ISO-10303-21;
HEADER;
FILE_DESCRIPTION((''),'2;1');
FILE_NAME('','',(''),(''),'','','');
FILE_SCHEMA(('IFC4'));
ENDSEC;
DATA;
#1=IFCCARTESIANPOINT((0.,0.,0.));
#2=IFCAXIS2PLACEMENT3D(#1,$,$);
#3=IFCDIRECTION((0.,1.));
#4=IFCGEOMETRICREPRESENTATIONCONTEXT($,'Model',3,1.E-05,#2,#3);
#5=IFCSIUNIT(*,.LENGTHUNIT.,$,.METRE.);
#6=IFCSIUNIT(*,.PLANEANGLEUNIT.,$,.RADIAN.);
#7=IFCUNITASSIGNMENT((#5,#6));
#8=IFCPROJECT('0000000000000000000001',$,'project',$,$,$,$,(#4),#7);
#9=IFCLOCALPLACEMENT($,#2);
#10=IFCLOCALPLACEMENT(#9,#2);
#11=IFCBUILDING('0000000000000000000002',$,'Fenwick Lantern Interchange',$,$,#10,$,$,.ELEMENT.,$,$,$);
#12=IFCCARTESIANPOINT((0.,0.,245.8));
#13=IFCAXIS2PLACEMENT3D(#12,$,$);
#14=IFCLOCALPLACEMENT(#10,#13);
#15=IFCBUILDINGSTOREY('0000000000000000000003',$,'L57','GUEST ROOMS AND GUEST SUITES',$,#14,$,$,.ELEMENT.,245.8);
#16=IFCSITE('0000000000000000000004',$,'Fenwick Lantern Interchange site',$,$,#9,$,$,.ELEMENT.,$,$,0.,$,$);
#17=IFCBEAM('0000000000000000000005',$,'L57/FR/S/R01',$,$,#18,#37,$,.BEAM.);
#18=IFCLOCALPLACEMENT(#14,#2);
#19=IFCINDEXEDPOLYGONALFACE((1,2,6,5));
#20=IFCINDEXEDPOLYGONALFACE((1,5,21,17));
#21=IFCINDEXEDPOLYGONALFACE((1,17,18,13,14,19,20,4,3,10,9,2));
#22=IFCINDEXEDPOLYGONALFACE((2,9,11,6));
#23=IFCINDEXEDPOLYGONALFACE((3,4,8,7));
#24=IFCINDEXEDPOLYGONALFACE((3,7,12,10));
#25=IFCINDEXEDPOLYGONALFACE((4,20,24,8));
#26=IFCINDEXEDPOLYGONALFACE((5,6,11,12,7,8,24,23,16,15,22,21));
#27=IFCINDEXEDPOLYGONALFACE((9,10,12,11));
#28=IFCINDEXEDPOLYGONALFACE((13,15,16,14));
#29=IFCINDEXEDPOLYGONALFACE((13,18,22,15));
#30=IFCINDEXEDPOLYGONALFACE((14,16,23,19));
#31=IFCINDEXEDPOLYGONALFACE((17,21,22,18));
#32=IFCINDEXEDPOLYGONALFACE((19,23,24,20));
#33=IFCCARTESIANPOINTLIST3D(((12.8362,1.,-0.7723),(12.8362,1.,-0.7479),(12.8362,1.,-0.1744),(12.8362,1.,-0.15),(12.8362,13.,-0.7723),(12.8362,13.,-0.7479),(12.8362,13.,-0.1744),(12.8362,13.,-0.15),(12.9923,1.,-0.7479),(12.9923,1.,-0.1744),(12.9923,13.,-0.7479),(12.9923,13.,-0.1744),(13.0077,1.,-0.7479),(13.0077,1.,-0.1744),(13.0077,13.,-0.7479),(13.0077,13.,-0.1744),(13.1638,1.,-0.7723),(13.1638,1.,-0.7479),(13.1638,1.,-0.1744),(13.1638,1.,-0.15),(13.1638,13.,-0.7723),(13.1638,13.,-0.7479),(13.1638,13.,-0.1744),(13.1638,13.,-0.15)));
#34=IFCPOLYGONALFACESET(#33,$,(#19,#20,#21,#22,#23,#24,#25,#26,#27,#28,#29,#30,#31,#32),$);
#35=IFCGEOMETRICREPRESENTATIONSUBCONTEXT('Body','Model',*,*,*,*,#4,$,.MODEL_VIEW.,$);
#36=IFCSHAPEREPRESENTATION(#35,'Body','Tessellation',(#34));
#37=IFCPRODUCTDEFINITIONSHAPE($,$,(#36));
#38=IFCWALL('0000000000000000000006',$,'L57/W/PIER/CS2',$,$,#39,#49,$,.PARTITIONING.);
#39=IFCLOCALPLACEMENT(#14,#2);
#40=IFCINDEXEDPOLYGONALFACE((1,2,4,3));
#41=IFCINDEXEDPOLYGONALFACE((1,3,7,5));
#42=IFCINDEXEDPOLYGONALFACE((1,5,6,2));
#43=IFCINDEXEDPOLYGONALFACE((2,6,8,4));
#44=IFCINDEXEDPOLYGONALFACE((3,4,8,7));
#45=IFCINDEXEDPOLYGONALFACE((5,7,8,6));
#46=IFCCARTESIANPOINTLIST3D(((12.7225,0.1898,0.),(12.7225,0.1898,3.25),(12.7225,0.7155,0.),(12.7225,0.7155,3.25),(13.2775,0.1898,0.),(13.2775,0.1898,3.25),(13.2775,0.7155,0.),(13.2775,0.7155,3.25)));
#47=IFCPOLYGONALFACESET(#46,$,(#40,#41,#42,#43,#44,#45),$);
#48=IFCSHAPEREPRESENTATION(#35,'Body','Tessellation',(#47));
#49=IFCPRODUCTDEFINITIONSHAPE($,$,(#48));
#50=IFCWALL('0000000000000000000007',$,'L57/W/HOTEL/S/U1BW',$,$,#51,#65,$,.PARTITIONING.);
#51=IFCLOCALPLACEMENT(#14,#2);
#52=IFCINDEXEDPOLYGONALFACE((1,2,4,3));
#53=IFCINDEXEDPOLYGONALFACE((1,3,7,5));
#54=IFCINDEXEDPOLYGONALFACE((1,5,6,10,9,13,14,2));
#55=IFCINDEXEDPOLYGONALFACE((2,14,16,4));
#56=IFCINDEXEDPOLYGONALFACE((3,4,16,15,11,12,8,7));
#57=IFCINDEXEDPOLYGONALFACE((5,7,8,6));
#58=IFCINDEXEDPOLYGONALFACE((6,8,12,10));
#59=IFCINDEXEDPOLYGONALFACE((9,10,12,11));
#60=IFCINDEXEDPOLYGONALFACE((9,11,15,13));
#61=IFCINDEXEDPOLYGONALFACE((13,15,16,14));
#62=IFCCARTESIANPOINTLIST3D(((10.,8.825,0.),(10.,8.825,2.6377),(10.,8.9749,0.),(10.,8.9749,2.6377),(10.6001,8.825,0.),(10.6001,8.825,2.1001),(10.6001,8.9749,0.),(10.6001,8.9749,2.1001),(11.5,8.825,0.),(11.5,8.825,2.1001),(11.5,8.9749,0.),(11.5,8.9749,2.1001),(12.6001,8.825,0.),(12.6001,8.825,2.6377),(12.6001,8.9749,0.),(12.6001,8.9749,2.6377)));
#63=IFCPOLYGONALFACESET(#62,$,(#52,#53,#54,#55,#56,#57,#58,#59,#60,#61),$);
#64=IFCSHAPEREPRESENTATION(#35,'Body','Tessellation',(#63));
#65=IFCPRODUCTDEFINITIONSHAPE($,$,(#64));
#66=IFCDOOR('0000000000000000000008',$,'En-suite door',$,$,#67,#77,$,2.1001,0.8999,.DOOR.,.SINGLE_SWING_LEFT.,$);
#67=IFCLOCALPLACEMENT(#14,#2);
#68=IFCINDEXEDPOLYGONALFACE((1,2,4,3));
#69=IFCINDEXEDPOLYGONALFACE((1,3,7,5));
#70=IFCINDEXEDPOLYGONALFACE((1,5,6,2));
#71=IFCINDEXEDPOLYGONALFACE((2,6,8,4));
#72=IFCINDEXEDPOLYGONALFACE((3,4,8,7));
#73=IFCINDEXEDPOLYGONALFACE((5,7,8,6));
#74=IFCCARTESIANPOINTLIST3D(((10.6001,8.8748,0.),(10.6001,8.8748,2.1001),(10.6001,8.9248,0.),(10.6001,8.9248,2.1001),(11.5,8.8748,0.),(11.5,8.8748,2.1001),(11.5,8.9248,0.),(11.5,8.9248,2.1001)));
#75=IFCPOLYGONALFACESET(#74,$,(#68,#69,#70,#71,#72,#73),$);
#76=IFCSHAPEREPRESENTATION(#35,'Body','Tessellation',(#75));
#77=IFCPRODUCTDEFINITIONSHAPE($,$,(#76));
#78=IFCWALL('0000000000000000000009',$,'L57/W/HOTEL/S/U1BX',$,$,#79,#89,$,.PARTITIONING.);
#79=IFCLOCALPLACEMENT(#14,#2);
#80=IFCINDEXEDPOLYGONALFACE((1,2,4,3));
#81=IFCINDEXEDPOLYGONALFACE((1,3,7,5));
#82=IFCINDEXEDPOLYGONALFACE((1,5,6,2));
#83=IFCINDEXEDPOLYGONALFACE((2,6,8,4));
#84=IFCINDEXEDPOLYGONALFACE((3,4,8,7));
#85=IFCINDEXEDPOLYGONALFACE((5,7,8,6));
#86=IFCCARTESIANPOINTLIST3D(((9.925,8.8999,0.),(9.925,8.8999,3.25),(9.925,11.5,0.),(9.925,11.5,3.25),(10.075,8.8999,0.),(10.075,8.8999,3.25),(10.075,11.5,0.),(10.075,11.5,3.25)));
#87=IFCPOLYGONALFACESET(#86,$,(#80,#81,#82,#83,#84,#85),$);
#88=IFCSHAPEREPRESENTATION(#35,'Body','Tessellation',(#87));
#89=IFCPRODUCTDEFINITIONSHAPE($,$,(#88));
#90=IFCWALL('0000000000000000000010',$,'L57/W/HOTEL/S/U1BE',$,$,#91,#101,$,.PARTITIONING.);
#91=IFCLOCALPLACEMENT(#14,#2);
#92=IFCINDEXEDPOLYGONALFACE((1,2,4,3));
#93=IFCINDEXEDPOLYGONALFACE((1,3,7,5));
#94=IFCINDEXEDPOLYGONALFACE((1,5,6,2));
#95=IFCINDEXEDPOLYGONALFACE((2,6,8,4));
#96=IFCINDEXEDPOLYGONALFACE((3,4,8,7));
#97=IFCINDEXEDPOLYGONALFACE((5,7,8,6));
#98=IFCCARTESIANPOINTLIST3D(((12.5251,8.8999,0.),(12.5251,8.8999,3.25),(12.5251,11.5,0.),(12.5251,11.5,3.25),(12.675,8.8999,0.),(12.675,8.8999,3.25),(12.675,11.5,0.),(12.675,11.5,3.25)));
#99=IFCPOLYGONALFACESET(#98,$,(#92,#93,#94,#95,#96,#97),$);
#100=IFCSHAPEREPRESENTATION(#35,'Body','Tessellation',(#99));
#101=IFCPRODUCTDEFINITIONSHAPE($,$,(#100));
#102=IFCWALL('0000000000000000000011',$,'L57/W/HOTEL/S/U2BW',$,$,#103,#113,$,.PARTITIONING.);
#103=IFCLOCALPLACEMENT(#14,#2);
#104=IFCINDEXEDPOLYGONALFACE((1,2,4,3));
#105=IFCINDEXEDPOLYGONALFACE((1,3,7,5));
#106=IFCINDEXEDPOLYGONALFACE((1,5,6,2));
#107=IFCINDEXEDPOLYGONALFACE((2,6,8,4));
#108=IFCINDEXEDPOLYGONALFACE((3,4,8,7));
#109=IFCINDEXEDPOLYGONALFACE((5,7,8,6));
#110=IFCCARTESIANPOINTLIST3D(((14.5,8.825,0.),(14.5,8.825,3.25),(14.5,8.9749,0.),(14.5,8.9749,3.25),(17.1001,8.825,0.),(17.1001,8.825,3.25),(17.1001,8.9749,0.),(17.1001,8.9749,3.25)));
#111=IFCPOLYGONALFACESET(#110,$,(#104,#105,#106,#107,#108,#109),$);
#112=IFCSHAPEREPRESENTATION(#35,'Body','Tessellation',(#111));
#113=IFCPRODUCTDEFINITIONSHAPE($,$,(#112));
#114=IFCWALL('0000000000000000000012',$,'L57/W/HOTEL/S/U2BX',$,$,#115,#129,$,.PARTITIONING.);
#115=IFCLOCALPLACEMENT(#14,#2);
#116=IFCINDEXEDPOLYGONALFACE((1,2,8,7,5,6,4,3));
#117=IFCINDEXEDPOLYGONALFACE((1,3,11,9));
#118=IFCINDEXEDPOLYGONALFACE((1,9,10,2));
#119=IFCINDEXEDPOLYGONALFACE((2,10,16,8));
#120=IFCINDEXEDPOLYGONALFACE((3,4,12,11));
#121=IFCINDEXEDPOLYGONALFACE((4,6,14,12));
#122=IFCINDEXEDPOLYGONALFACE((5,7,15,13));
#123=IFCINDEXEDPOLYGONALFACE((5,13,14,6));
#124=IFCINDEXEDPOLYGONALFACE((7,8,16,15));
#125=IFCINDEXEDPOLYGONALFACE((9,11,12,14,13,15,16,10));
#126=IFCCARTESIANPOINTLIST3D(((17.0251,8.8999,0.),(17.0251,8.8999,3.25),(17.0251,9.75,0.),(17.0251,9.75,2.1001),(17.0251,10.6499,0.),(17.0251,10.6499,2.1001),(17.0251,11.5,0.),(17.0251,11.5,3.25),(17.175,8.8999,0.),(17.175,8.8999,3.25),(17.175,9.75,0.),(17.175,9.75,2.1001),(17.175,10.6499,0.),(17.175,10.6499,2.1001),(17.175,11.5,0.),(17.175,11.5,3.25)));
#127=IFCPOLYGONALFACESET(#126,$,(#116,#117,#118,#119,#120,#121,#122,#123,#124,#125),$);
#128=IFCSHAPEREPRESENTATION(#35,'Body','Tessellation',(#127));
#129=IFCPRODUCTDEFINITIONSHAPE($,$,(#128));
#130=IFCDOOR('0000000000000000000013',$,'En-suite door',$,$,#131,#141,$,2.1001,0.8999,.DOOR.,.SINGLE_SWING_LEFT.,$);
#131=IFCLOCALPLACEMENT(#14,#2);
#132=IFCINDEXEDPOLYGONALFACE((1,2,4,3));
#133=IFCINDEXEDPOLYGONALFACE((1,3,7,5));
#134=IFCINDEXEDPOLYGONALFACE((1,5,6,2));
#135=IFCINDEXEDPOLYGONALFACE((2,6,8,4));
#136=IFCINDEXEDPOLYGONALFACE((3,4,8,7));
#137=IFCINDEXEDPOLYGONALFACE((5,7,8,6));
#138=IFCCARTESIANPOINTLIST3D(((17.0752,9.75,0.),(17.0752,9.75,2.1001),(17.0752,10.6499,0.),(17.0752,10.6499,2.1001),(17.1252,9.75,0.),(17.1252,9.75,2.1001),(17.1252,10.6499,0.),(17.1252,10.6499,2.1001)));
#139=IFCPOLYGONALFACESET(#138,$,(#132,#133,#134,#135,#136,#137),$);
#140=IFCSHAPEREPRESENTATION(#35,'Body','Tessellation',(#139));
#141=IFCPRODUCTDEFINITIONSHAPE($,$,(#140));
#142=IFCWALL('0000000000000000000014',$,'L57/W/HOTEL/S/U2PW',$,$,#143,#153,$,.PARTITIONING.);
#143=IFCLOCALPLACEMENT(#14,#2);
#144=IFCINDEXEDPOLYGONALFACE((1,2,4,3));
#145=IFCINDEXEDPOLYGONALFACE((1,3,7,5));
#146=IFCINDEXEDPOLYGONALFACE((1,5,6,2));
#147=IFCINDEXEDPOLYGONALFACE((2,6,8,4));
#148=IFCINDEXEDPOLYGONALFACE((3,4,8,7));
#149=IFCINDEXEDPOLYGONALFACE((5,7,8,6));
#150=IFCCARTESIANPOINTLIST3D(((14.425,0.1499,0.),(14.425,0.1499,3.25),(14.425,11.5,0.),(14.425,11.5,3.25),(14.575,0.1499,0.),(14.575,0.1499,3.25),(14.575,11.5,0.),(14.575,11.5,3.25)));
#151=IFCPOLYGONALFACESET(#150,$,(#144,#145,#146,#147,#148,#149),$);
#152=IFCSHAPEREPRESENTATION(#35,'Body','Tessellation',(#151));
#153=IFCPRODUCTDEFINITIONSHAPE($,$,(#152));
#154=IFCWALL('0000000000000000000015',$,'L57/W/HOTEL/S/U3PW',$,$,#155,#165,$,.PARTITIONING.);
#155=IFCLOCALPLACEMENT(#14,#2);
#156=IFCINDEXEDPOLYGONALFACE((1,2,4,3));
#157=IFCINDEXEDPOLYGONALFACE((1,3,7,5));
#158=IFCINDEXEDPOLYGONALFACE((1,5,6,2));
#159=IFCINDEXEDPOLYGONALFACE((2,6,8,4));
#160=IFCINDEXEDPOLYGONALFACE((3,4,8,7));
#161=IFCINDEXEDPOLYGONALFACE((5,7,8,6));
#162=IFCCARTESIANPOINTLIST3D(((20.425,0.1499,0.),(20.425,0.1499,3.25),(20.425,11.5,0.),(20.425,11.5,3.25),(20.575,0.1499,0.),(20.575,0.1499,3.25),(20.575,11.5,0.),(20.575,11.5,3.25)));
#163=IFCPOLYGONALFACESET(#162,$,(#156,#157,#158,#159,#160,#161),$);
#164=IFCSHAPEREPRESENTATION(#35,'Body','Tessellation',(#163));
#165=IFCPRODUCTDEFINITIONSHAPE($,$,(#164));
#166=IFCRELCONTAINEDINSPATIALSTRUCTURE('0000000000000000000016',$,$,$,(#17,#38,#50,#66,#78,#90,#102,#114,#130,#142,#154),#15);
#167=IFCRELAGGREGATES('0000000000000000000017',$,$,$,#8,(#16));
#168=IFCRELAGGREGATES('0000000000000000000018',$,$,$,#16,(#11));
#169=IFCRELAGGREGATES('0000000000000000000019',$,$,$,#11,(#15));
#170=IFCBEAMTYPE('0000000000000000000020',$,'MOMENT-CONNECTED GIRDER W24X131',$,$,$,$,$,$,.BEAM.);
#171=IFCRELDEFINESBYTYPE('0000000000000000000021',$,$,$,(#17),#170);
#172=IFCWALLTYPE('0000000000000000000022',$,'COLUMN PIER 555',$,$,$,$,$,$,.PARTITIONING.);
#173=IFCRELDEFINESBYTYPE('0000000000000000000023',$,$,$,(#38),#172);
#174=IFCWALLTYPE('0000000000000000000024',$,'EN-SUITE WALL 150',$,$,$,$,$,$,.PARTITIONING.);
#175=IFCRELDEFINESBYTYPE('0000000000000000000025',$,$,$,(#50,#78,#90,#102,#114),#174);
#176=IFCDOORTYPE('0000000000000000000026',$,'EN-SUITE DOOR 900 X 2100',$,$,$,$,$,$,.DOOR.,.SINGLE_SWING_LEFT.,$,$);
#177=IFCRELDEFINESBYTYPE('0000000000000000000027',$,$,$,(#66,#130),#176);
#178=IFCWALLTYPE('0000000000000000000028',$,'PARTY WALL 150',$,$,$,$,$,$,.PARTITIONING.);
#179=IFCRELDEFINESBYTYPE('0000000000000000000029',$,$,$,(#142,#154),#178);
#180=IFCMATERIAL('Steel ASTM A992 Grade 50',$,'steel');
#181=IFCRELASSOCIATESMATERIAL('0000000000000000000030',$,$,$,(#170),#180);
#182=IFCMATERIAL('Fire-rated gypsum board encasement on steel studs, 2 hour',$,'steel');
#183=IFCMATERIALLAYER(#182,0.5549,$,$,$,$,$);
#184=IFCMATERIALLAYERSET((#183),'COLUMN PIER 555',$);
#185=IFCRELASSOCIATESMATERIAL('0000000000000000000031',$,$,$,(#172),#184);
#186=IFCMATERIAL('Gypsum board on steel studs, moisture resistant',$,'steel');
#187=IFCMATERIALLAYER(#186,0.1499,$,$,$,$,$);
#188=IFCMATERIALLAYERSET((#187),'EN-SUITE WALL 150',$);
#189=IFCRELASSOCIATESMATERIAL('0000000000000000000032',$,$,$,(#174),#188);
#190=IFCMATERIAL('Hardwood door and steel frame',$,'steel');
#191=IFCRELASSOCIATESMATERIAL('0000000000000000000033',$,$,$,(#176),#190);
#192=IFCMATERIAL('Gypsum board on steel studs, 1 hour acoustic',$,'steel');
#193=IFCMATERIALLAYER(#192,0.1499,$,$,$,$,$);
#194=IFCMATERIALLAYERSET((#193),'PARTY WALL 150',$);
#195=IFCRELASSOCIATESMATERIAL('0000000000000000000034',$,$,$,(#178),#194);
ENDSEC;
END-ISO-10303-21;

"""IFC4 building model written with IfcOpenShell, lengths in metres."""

from ifc_helpers import new_model, si_unit, direction, frame, frame_2d, origin, origin_2d, place, context, subcontext, project, spatial, rectangle, i_section, extrude, material, layer, layer_set, material_profile, profile_set, type_object, element, fill, save


model = new_model("IFC4")

# Units and contexts
model_context = context("Model", 3, precision=1e-05, world=origin(), true_north=direction((0.0, 1.0)))
body_context = subcontext(model_context, "Body", "Model", "MODEL_VIEW")
ifc_project = project(units=[si_unit("LENGTHUNIT", "METRE"), si_unit("PLANEANGLEUNIT", "RADIAN")], contexts=[model_context])

# Site, building, storey
site_placement = place(None, origin())
site = spatial("IfcSite", under=ifc_project, at=site_placement, Name="Fenwick Lantern Interchange site", CompositionType="ELEMENT", RefElevation=0.0)
building_placement = place(site_placement, origin())
building = spatial("IfcBuilding", under=site, at=building_placement, Name="Fenwick Lantern Interchange", CompositionType="ELEMENT")
storey_placement = place(building_placement, frame((0.0, 0.0, 245.8)))
storey = spatial("IfcBuildingStorey", under=building, at=storey_placement, Name="L57", Description="GUEST ROOMS AND GUEST SUITES", CompositionType="ELEMENT", Elevation=245.8)

# Shared definitions
ifc_material_1 = material(Name="Steel ASTM A992 Grade 50", Category="steel")

# Beam
ifc_material_profile_1 = material_profile(ifc_material_1, i_section(OverallWidth=0.3276, OverallDepth=0.6223, WebThickness=0.0154, FlangeThickness=0.0244, at=origin_2d()), Name="W24X131")
ifc_profile_set_1 = profile_set([ifc_material_profile_1], Name="Steel ASTM A992 Grade 50")
beam_type_1 = type_object("IfcBeamType", Name="MOMENT-CONNECTED GIRDER W24X131", PredefinedType="BEAM", material=ifc_profile_set_1)
beam_1_placement = place(storey_placement, frame((13.0, 1.0, -0.4612), z_axis=(0.0, 1.0, 0.0), x_axis=(-1.0, 0.0, 0.0)))
element("IfcBeam", 1, at=beam_1_placement, inside=storey, type_object=beam_type_1, Name="L57/FR/S/R01", PredefinedType="BEAM", context=body_context, shape_type="SweptSolid", body=[
    extrude(i_section(OverallWidth=0.3276, OverallDepth=0.6223, WebThickness=0.0154, FlangeThickness=0.0244, at=origin_2d()), origin(), (0.0, 0.0, 1.0), 12.0),
])

# Wall
ifc_material_2 = material(Name="Fire-rated gypsum board encasement on steel studs, 2 hour", Category="steel")
ifc_layer_1 = layer(ifc_material_2, 0.5549)
ifc_layer_set_1 = layer_set([ifc_layer_1], Name="COLUMN PIER 555")
wall_type_1 = type_object("IfcWallType", Name="COLUMN PIER 555", PredefinedType="PARTITIONING", material=ifc_layer_set_1)
wall_1_placement = place(storey_placement, frame((13.0, 0.1899, 0.0), z_axis=(0.0, 0.0, 1.0), x_axis=(0.0, 1.0, 0.0)))
element("IfcWall", 2, at=wall_1_placement, inside=storey, type_object=wall_type_1, Name="L57/W/PIER/CS2", PredefinedType="PARTITIONING", context=body_context, shape_type="SweptSolid", body=[
    extrude(rectangle(XDim=0.5256, YDim=0.5549, at=frame_2d((0.2627, 0.0))), origin(), (0.0, 0.0, 1.0), 3.25),
])

# Wall, opening, door
ifc_material_3 = material(Name="Gypsum board on steel studs, moisture resistant", Category="steel")
ifc_layer_2 = layer(ifc_material_3, 0.1499)
ifc_layer_set_2 = layer_set([ifc_layer_2], Name="EN-SUITE WALL 150")
wall_type_2 = type_object("IfcWallType", Name="EN-SUITE WALL 150", PredefinedType="PARTITIONING", material=ifc_layer_set_2)
wall_2_placement = place(storey_placement, frame((10.0, 8.8999, 0.0), z_axis=(0.0, 0.0, 1.0), x_axis=(1.0, 0.0, 0.0)))
wall_2 = element("IfcWall", 3, at=wall_2_placement, inside=storey, type_object=wall_type_2, Name="L57/W/HOTEL/S/U1BW", PredefinedType="PARTITIONING", context=body_context, shape_type="SweptSolid", body=[
    extrude(rectangle(XDim=2.6001, YDim=0.1499, at=frame_2d((1.3, 0.0))), origin(), (0.0, 0.0, 1.0), 2.6377),
])
opening_1_placement = place(wall_2_placement, frame((0.6001, 0.0, 0.0)))
opening_1 = element("IfcOpeningElement", 4, at=opening_1_placement, cuts=wall_2, PredefinedType="OPENING", context=body_context, shape_type="SweptSolid", body=[
    extrude(rectangle(XDim=0.8999, YDim=2.1001, at=frame_2d((0.45, 1.05))), frame((0.0, 0.085, 0.0), z_axis=(0.0, -1.0, 0.0), x_axis=(1.0, 0.0, 0.0)), (0.0, 0.0, 1.0), 0.1699),
])
ifc_material_4 = material(Name="Hardwood door and steel frame", Category="steel")
door_type = type_object("IfcDoorType", Name="EN-SUITE DOOR 900 X 2100", OperationType="SINGLE_SWING_LEFT", PredefinedType="DOOR", material=ifc_material_4)
door_1_placement = place(opening_1_placement, origin())
door_1 = element("IfcDoor", 5, at=door_1_placement, inside=storey, type_object=door_type, Name="En-suite door", OperationType="SINGLE_SWING_LEFT", OverallHeight=2.1001, OverallWidth=0.8999, PredefinedType="DOOR", context=body_context, shape_type="SweptSolid", body=[
    extrude(rectangle(XDim=0.8999, YDim=2.1001, at=frame_2d((0.45, 1.05))), frame((0.0, 0.0249, 0.0), z_axis=(0.0, -1.0, 0.0), x_axis=(1.0, 0.0, 0.0)), (0.0, 0.0, 1.0), 0.05),
])
fill(opening_1, door_1)

# Walls
for number, where, z_axis, x_axis, name in (
    (6, (10.0, 8.8999, 0.0), (0.0, 0.0, 1.0), (0.0, 1.0, 0.0), "L57/W/HOTEL/S/U1BX"),
    (7, (12.6001, 8.8999, 0.0), (0.0, 0.0, 1.0), (0.0, 1.0, 0.0), "L57/W/HOTEL/S/U1BE"),
    (8, (14.5, 8.8999, 0.0), (0.0, 0.0, 1.0), (1.0, 0.0, 0.0), "L57/W/HOTEL/S/U2BW"),
):
    element("IfcWall", number, at=place(storey_placement, frame(where, z_axis=z_axis, x_axis=x_axis)), inside=storey, type_object=wall_type_2, Name=name, PredefinedType="PARTITIONING", context=body_context, shape_type="SweptSolid", body=[
        extrude(rectangle(XDim=2.6001, YDim=0.1499, at=frame_2d((1.3, 0.0))), origin(), (0.0, 0.0, 1.0), 3.25),
    ])

# Wall, opening, door
wall_3_placement = place(storey_placement, frame((17.1001, 8.8999, 0.0), z_axis=(0.0, 0.0, 1.0), x_axis=(0.0, 1.0, 0.0)))
wall_3 = element("IfcWall", 9, at=wall_3_placement, inside=storey, type_object=wall_type_2, Name="L57/W/HOTEL/S/U2BX", PredefinedType="PARTITIONING", context=body_context, shape_type="SweptSolid", body=[
    extrude(rectangle(XDim=2.6001, YDim=0.1499, at=frame_2d((1.3, 0.0))), origin(), (0.0, 0.0, 1.0), 3.25),
])
opening_2_placement = place(wall_3_placement, frame((0.8501, 0.0, 0.0)))
opening_2 = element("IfcOpeningElement", 10, at=opening_2_placement, cuts=wall_3, PredefinedType="OPENING", context=body_context, shape_type="SweptSolid", body=[
    extrude(rectangle(XDim=0.8999, YDim=2.1001, at=frame_2d((0.45, 1.05))), frame((0.0, 0.085, 0.0), z_axis=(0.0, -1.0, 0.0), x_axis=(1.0, 0.0, 0.0)), (0.0, 0.0, 1.0), 0.1699),
])
door_2_placement = place(opening_2_placement, origin())
door_2 = element("IfcDoor", 11, at=door_2_placement, inside=storey, type_object=door_type, Name="En-suite door", OperationType="SINGLE_SWING_LEFT", OverallHeight=2.1001, OverallWidth=0.8999, PredefinedType="DOOR", context=body_context, shape_type="SweptSolid", body=[
    extrude(rectangle(XDim=0.8999, YDim=2.1001, at=frame_2d((0.45, 1.05))), frame((0.0, 0.0249, 0.0), z_axis=(0.0, -1.0, 0.0), x_axis=(1.0, 0.0, 0.0)), (0.0, 0.0, 1.0), 0.05),
])
fill(opening_2, door_2)

# Walls
ifc_material_5 = material(Name="Gypsum board on steel studs, 1 hour acoustic", Category="steel")
ifc_layer_3 = layer(ifc_material_5, 0.1499)
ifc_layer_set_3 = layer_set([ifc_layer_3], Name="PARTY WALL 150")
wall_type_3 = type_object("IfcWallType", Name="PARTY WALL 150", PredefinedType="PARTITIONING", material=ifc_layer_set_3)
for number, where, z_axis, x_axis, name in (
    (12, (14.5, 0.1499, 0.0), (0.0, 0.0, 1.0), (0.0, 1.0, 0.0), "L57/W/HOTEL/S/U2PW"),
    (13, (20.5, 0.1499, 0.0), (0.0, 0.0, 1.0), (0.0, 1.0, 0.0), "L57/W/HOTEL/S/U3PW"),
):
    element("IfcWall", number, at=place(storey_placement, frame(where, z_axis=z_axis, x_axis=x_axis)), inside=storey, type_object=wall_type_3, Name=name, PredefinedType="PARTITIONING", context=body_context, shape_type="SweptSolid", body=[
        extrude(rectangle(XDim=11.3501, YDim=0.1499, at=frame_2d((5.675, 0.0))), origin(), (0.0, 0.0, 1.0), 3.25),
    ])

save(model, "model.ifc")
